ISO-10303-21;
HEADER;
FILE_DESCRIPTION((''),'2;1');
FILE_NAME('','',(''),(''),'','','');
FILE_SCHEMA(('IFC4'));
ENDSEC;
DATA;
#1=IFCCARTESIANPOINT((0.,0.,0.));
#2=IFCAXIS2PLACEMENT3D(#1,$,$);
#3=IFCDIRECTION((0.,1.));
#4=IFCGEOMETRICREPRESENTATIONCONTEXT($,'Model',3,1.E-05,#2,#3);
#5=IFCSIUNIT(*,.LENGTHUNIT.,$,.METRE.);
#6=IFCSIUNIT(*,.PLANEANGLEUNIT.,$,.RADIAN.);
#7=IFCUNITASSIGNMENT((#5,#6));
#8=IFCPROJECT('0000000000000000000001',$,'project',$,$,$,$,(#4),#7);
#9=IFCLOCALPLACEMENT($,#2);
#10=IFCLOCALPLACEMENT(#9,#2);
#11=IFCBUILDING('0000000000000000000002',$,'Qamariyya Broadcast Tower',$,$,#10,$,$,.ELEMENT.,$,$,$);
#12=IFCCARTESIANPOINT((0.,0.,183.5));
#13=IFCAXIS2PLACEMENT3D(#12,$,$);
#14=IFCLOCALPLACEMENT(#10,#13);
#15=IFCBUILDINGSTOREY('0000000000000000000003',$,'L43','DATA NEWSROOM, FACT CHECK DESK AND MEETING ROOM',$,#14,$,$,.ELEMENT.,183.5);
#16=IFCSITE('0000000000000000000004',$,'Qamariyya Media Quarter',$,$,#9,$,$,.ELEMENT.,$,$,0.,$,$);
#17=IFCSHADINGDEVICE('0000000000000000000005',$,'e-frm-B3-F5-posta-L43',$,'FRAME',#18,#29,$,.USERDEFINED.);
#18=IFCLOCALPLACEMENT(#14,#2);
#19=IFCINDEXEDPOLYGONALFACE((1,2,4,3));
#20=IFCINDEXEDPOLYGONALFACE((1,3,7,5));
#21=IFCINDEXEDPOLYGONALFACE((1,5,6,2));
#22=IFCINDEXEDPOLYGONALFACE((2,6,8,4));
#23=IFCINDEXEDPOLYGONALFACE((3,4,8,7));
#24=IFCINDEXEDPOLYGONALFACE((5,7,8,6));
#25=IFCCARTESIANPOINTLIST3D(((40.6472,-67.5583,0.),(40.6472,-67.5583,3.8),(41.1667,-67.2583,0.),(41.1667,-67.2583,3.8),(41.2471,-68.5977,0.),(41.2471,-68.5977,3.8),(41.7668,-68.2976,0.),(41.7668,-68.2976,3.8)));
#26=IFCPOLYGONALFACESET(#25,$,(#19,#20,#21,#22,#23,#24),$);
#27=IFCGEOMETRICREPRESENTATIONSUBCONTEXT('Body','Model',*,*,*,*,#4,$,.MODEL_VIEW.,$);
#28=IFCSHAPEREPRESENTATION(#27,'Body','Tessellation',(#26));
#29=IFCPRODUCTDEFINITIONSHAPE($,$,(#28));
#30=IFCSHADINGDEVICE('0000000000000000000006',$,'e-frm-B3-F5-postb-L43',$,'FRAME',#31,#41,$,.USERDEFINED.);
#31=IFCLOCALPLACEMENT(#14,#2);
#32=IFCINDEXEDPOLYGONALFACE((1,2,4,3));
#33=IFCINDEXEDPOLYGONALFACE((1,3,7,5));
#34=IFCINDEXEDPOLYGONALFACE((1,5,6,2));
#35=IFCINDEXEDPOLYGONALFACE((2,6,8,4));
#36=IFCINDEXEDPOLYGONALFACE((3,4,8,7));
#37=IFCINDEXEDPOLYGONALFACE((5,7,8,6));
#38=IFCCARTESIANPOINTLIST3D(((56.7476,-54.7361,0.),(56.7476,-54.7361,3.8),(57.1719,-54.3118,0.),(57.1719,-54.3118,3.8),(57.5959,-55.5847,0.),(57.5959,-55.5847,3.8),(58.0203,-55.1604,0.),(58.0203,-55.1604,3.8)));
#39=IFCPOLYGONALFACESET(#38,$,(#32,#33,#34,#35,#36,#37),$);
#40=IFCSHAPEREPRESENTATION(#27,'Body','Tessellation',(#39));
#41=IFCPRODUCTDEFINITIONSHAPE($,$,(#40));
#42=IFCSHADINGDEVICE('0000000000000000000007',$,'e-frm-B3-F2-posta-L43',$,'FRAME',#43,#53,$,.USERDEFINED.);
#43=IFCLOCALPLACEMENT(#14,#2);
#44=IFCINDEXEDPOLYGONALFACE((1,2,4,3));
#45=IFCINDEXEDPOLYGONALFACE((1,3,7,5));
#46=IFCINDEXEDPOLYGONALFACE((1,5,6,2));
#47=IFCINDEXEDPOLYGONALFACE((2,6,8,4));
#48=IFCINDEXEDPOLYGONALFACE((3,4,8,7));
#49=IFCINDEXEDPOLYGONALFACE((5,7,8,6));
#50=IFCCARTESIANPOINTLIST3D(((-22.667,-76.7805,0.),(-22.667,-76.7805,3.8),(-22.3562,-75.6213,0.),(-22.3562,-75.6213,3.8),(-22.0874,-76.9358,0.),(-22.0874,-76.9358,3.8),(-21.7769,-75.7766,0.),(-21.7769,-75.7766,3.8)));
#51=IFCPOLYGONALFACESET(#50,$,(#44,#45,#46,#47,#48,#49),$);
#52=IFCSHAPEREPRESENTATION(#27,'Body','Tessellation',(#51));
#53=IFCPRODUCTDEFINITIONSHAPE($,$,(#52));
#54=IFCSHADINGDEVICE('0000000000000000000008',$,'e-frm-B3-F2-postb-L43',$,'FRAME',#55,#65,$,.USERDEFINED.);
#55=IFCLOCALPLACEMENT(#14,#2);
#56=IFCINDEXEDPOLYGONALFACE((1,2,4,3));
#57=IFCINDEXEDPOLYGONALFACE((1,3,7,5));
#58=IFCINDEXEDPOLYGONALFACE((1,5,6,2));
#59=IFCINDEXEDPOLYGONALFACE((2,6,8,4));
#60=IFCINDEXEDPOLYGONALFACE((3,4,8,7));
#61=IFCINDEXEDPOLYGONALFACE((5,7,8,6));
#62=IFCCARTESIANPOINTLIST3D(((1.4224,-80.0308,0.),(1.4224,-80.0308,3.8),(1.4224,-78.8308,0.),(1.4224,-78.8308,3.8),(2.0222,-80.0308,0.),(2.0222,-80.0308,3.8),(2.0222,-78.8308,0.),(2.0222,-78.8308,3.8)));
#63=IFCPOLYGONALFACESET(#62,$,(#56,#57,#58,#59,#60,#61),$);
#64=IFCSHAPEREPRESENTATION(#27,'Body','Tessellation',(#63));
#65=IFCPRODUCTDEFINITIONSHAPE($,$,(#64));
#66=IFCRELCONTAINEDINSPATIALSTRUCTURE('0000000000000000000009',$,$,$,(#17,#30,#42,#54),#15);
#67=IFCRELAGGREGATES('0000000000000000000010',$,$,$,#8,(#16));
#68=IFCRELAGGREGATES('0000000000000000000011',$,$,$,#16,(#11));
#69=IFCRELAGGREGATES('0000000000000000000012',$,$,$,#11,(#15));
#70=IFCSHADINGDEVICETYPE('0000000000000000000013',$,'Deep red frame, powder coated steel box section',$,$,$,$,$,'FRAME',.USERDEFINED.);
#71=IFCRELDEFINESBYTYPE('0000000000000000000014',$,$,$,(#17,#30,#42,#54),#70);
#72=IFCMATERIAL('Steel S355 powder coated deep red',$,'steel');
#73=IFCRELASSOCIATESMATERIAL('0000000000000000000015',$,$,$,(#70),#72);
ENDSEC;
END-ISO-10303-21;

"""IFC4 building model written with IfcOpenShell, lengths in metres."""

from ifc_helpers import new_model, si_unit, direction, frame, origin, place, context, subcontext, project, spatial, polyline, outline, extrude, material, type_object, element, save


model = new_model("IFC4")

# Units and contexts
model_context = context("Model", 3, precision=1e-05, world=origin(), true_north=direction((0.0, 1.0)))
body_context = subcontext(model_context, "Body", "Model", "MODEL_VIEW")
ifc_project = project(units=[si_unit("LENGTHUNIT", "METRE"), si_unit("PLANEANGLEUNIT", "RADIAN")], contexts=[model_context])

# Site, building, storey
site_placement = place(None, origin())
building_placement = place(site_placement, origin())
storey_placement = place(building_placement, frame((0.0, 0.0, 183.5)))
site = spatial("IfcSite", under=ifc_project, at=site_placement, Name="Qamariyya Media Quarter", CompositionType="ELEMENT", RefElevation=0.0)
building = spatial("IfcBuilding", under=site, at=building_placement, Name="Qamariyya Broadcast Tower", CompositionType="ELEMENT")
storey = spatial("IfcBuildingStorey", under=building, at=storey_placement, Name="L43", Description="DATA NEWSROOM, FACT CHECK DESK AND MEETING ROOM", CompositionType="ELEMENT", Elevation=183.5)

# Shading devices
ifc_material_1 = material(Name="Steel S355 powder coated deep red", Category="steel")
shading_device_type = type_object("IfcShadingDeviceType", Name="Deep red frame, powder coated steel box section", ElementType="FRAME", PredefinedType="USERDEFINED", material=ifc_material_1)
shading_device_1_placement = place(storey_placement, origin())
element("IfcShadingDevice", 1, at=shading_device_1_placement, inside=storey, type_object=shading_device_type, Name="e-frm-B3-F5-posta-L43", ObjectType="FRAME", PredefinedType="USERDEFINED", context=body_context, shape_type="SweptSolid", body=[
    extrude(outline(polyline([(40.6472, -67.5583), (41.2471, -68.5977), (41.7668, -68.2976), (41.1667, -67.2583), (40.6472, -67.5583)])), origin(), (0.0, 0.0, 1.0), 3.8),
])
shading_device_2_placement = place(storey_placement, origin())
element("IfcShadingDevice", 2, at=shading_device_2_placement, inside=storey, type_object=shading_device_type, Name="e-frm-B3-F5-postb-L43", ObjectType="FRAME", PredefinedType="USERDEFINED", context=body_context, shape_type="SweptSolid", body=[
    extrude(outline(polyline([(56.7476, -54.7361), (57.5959, -55.5847), (58.0203, -55.1604), (57.1719, -54.3118), (56.7476, -54.7361)])), origin(), (0.0, 0.0, 1.0), 3.8),
])
shading_device_3_placement = place(storey_placement, origin())
element("IfcShadingDevice", 3, at=shading_device_3_placement, inside=storey, type_object=shading_device_type, Name="e-frm-B3-F2-posta-L43", ObjectType="FRAME", PredefinedType="USERDEFINED", context=body_context, shape_type="SweptSolid", body=[
    extrude(outline(polyline([(-22.3562, -75.6213), (-22.667, -76.7805), (-22.0874, -76.9358), (-21.7769, -75.7766), (-22.3562, -75.6213)])), origin(), (0.0, 0.0, 1.0), 3.8),
])
shading_device_4_placement = place(storey_placement, origin())
element("IfcShadingDevice", 4, at=shading_device_4_placement, inside=storey, type_object=shading_device_type, Name="e-frm-B3-F2-postb-L43", ObjectType="FRAME", PredefinedType="USERDEFINED", context=body_context, shape_type="SweptSolid", body=[
    extrude(outline(polyline([(1.4224, -78.8308), (1.4224, -80.0308), (2.0222, -80.0308), (2.0222, -78.8308), (1.4224, -78.8308)])), origin(), (0.0, 0.0, 1.0), 3.8),
])

save(model, "model.ifc")
